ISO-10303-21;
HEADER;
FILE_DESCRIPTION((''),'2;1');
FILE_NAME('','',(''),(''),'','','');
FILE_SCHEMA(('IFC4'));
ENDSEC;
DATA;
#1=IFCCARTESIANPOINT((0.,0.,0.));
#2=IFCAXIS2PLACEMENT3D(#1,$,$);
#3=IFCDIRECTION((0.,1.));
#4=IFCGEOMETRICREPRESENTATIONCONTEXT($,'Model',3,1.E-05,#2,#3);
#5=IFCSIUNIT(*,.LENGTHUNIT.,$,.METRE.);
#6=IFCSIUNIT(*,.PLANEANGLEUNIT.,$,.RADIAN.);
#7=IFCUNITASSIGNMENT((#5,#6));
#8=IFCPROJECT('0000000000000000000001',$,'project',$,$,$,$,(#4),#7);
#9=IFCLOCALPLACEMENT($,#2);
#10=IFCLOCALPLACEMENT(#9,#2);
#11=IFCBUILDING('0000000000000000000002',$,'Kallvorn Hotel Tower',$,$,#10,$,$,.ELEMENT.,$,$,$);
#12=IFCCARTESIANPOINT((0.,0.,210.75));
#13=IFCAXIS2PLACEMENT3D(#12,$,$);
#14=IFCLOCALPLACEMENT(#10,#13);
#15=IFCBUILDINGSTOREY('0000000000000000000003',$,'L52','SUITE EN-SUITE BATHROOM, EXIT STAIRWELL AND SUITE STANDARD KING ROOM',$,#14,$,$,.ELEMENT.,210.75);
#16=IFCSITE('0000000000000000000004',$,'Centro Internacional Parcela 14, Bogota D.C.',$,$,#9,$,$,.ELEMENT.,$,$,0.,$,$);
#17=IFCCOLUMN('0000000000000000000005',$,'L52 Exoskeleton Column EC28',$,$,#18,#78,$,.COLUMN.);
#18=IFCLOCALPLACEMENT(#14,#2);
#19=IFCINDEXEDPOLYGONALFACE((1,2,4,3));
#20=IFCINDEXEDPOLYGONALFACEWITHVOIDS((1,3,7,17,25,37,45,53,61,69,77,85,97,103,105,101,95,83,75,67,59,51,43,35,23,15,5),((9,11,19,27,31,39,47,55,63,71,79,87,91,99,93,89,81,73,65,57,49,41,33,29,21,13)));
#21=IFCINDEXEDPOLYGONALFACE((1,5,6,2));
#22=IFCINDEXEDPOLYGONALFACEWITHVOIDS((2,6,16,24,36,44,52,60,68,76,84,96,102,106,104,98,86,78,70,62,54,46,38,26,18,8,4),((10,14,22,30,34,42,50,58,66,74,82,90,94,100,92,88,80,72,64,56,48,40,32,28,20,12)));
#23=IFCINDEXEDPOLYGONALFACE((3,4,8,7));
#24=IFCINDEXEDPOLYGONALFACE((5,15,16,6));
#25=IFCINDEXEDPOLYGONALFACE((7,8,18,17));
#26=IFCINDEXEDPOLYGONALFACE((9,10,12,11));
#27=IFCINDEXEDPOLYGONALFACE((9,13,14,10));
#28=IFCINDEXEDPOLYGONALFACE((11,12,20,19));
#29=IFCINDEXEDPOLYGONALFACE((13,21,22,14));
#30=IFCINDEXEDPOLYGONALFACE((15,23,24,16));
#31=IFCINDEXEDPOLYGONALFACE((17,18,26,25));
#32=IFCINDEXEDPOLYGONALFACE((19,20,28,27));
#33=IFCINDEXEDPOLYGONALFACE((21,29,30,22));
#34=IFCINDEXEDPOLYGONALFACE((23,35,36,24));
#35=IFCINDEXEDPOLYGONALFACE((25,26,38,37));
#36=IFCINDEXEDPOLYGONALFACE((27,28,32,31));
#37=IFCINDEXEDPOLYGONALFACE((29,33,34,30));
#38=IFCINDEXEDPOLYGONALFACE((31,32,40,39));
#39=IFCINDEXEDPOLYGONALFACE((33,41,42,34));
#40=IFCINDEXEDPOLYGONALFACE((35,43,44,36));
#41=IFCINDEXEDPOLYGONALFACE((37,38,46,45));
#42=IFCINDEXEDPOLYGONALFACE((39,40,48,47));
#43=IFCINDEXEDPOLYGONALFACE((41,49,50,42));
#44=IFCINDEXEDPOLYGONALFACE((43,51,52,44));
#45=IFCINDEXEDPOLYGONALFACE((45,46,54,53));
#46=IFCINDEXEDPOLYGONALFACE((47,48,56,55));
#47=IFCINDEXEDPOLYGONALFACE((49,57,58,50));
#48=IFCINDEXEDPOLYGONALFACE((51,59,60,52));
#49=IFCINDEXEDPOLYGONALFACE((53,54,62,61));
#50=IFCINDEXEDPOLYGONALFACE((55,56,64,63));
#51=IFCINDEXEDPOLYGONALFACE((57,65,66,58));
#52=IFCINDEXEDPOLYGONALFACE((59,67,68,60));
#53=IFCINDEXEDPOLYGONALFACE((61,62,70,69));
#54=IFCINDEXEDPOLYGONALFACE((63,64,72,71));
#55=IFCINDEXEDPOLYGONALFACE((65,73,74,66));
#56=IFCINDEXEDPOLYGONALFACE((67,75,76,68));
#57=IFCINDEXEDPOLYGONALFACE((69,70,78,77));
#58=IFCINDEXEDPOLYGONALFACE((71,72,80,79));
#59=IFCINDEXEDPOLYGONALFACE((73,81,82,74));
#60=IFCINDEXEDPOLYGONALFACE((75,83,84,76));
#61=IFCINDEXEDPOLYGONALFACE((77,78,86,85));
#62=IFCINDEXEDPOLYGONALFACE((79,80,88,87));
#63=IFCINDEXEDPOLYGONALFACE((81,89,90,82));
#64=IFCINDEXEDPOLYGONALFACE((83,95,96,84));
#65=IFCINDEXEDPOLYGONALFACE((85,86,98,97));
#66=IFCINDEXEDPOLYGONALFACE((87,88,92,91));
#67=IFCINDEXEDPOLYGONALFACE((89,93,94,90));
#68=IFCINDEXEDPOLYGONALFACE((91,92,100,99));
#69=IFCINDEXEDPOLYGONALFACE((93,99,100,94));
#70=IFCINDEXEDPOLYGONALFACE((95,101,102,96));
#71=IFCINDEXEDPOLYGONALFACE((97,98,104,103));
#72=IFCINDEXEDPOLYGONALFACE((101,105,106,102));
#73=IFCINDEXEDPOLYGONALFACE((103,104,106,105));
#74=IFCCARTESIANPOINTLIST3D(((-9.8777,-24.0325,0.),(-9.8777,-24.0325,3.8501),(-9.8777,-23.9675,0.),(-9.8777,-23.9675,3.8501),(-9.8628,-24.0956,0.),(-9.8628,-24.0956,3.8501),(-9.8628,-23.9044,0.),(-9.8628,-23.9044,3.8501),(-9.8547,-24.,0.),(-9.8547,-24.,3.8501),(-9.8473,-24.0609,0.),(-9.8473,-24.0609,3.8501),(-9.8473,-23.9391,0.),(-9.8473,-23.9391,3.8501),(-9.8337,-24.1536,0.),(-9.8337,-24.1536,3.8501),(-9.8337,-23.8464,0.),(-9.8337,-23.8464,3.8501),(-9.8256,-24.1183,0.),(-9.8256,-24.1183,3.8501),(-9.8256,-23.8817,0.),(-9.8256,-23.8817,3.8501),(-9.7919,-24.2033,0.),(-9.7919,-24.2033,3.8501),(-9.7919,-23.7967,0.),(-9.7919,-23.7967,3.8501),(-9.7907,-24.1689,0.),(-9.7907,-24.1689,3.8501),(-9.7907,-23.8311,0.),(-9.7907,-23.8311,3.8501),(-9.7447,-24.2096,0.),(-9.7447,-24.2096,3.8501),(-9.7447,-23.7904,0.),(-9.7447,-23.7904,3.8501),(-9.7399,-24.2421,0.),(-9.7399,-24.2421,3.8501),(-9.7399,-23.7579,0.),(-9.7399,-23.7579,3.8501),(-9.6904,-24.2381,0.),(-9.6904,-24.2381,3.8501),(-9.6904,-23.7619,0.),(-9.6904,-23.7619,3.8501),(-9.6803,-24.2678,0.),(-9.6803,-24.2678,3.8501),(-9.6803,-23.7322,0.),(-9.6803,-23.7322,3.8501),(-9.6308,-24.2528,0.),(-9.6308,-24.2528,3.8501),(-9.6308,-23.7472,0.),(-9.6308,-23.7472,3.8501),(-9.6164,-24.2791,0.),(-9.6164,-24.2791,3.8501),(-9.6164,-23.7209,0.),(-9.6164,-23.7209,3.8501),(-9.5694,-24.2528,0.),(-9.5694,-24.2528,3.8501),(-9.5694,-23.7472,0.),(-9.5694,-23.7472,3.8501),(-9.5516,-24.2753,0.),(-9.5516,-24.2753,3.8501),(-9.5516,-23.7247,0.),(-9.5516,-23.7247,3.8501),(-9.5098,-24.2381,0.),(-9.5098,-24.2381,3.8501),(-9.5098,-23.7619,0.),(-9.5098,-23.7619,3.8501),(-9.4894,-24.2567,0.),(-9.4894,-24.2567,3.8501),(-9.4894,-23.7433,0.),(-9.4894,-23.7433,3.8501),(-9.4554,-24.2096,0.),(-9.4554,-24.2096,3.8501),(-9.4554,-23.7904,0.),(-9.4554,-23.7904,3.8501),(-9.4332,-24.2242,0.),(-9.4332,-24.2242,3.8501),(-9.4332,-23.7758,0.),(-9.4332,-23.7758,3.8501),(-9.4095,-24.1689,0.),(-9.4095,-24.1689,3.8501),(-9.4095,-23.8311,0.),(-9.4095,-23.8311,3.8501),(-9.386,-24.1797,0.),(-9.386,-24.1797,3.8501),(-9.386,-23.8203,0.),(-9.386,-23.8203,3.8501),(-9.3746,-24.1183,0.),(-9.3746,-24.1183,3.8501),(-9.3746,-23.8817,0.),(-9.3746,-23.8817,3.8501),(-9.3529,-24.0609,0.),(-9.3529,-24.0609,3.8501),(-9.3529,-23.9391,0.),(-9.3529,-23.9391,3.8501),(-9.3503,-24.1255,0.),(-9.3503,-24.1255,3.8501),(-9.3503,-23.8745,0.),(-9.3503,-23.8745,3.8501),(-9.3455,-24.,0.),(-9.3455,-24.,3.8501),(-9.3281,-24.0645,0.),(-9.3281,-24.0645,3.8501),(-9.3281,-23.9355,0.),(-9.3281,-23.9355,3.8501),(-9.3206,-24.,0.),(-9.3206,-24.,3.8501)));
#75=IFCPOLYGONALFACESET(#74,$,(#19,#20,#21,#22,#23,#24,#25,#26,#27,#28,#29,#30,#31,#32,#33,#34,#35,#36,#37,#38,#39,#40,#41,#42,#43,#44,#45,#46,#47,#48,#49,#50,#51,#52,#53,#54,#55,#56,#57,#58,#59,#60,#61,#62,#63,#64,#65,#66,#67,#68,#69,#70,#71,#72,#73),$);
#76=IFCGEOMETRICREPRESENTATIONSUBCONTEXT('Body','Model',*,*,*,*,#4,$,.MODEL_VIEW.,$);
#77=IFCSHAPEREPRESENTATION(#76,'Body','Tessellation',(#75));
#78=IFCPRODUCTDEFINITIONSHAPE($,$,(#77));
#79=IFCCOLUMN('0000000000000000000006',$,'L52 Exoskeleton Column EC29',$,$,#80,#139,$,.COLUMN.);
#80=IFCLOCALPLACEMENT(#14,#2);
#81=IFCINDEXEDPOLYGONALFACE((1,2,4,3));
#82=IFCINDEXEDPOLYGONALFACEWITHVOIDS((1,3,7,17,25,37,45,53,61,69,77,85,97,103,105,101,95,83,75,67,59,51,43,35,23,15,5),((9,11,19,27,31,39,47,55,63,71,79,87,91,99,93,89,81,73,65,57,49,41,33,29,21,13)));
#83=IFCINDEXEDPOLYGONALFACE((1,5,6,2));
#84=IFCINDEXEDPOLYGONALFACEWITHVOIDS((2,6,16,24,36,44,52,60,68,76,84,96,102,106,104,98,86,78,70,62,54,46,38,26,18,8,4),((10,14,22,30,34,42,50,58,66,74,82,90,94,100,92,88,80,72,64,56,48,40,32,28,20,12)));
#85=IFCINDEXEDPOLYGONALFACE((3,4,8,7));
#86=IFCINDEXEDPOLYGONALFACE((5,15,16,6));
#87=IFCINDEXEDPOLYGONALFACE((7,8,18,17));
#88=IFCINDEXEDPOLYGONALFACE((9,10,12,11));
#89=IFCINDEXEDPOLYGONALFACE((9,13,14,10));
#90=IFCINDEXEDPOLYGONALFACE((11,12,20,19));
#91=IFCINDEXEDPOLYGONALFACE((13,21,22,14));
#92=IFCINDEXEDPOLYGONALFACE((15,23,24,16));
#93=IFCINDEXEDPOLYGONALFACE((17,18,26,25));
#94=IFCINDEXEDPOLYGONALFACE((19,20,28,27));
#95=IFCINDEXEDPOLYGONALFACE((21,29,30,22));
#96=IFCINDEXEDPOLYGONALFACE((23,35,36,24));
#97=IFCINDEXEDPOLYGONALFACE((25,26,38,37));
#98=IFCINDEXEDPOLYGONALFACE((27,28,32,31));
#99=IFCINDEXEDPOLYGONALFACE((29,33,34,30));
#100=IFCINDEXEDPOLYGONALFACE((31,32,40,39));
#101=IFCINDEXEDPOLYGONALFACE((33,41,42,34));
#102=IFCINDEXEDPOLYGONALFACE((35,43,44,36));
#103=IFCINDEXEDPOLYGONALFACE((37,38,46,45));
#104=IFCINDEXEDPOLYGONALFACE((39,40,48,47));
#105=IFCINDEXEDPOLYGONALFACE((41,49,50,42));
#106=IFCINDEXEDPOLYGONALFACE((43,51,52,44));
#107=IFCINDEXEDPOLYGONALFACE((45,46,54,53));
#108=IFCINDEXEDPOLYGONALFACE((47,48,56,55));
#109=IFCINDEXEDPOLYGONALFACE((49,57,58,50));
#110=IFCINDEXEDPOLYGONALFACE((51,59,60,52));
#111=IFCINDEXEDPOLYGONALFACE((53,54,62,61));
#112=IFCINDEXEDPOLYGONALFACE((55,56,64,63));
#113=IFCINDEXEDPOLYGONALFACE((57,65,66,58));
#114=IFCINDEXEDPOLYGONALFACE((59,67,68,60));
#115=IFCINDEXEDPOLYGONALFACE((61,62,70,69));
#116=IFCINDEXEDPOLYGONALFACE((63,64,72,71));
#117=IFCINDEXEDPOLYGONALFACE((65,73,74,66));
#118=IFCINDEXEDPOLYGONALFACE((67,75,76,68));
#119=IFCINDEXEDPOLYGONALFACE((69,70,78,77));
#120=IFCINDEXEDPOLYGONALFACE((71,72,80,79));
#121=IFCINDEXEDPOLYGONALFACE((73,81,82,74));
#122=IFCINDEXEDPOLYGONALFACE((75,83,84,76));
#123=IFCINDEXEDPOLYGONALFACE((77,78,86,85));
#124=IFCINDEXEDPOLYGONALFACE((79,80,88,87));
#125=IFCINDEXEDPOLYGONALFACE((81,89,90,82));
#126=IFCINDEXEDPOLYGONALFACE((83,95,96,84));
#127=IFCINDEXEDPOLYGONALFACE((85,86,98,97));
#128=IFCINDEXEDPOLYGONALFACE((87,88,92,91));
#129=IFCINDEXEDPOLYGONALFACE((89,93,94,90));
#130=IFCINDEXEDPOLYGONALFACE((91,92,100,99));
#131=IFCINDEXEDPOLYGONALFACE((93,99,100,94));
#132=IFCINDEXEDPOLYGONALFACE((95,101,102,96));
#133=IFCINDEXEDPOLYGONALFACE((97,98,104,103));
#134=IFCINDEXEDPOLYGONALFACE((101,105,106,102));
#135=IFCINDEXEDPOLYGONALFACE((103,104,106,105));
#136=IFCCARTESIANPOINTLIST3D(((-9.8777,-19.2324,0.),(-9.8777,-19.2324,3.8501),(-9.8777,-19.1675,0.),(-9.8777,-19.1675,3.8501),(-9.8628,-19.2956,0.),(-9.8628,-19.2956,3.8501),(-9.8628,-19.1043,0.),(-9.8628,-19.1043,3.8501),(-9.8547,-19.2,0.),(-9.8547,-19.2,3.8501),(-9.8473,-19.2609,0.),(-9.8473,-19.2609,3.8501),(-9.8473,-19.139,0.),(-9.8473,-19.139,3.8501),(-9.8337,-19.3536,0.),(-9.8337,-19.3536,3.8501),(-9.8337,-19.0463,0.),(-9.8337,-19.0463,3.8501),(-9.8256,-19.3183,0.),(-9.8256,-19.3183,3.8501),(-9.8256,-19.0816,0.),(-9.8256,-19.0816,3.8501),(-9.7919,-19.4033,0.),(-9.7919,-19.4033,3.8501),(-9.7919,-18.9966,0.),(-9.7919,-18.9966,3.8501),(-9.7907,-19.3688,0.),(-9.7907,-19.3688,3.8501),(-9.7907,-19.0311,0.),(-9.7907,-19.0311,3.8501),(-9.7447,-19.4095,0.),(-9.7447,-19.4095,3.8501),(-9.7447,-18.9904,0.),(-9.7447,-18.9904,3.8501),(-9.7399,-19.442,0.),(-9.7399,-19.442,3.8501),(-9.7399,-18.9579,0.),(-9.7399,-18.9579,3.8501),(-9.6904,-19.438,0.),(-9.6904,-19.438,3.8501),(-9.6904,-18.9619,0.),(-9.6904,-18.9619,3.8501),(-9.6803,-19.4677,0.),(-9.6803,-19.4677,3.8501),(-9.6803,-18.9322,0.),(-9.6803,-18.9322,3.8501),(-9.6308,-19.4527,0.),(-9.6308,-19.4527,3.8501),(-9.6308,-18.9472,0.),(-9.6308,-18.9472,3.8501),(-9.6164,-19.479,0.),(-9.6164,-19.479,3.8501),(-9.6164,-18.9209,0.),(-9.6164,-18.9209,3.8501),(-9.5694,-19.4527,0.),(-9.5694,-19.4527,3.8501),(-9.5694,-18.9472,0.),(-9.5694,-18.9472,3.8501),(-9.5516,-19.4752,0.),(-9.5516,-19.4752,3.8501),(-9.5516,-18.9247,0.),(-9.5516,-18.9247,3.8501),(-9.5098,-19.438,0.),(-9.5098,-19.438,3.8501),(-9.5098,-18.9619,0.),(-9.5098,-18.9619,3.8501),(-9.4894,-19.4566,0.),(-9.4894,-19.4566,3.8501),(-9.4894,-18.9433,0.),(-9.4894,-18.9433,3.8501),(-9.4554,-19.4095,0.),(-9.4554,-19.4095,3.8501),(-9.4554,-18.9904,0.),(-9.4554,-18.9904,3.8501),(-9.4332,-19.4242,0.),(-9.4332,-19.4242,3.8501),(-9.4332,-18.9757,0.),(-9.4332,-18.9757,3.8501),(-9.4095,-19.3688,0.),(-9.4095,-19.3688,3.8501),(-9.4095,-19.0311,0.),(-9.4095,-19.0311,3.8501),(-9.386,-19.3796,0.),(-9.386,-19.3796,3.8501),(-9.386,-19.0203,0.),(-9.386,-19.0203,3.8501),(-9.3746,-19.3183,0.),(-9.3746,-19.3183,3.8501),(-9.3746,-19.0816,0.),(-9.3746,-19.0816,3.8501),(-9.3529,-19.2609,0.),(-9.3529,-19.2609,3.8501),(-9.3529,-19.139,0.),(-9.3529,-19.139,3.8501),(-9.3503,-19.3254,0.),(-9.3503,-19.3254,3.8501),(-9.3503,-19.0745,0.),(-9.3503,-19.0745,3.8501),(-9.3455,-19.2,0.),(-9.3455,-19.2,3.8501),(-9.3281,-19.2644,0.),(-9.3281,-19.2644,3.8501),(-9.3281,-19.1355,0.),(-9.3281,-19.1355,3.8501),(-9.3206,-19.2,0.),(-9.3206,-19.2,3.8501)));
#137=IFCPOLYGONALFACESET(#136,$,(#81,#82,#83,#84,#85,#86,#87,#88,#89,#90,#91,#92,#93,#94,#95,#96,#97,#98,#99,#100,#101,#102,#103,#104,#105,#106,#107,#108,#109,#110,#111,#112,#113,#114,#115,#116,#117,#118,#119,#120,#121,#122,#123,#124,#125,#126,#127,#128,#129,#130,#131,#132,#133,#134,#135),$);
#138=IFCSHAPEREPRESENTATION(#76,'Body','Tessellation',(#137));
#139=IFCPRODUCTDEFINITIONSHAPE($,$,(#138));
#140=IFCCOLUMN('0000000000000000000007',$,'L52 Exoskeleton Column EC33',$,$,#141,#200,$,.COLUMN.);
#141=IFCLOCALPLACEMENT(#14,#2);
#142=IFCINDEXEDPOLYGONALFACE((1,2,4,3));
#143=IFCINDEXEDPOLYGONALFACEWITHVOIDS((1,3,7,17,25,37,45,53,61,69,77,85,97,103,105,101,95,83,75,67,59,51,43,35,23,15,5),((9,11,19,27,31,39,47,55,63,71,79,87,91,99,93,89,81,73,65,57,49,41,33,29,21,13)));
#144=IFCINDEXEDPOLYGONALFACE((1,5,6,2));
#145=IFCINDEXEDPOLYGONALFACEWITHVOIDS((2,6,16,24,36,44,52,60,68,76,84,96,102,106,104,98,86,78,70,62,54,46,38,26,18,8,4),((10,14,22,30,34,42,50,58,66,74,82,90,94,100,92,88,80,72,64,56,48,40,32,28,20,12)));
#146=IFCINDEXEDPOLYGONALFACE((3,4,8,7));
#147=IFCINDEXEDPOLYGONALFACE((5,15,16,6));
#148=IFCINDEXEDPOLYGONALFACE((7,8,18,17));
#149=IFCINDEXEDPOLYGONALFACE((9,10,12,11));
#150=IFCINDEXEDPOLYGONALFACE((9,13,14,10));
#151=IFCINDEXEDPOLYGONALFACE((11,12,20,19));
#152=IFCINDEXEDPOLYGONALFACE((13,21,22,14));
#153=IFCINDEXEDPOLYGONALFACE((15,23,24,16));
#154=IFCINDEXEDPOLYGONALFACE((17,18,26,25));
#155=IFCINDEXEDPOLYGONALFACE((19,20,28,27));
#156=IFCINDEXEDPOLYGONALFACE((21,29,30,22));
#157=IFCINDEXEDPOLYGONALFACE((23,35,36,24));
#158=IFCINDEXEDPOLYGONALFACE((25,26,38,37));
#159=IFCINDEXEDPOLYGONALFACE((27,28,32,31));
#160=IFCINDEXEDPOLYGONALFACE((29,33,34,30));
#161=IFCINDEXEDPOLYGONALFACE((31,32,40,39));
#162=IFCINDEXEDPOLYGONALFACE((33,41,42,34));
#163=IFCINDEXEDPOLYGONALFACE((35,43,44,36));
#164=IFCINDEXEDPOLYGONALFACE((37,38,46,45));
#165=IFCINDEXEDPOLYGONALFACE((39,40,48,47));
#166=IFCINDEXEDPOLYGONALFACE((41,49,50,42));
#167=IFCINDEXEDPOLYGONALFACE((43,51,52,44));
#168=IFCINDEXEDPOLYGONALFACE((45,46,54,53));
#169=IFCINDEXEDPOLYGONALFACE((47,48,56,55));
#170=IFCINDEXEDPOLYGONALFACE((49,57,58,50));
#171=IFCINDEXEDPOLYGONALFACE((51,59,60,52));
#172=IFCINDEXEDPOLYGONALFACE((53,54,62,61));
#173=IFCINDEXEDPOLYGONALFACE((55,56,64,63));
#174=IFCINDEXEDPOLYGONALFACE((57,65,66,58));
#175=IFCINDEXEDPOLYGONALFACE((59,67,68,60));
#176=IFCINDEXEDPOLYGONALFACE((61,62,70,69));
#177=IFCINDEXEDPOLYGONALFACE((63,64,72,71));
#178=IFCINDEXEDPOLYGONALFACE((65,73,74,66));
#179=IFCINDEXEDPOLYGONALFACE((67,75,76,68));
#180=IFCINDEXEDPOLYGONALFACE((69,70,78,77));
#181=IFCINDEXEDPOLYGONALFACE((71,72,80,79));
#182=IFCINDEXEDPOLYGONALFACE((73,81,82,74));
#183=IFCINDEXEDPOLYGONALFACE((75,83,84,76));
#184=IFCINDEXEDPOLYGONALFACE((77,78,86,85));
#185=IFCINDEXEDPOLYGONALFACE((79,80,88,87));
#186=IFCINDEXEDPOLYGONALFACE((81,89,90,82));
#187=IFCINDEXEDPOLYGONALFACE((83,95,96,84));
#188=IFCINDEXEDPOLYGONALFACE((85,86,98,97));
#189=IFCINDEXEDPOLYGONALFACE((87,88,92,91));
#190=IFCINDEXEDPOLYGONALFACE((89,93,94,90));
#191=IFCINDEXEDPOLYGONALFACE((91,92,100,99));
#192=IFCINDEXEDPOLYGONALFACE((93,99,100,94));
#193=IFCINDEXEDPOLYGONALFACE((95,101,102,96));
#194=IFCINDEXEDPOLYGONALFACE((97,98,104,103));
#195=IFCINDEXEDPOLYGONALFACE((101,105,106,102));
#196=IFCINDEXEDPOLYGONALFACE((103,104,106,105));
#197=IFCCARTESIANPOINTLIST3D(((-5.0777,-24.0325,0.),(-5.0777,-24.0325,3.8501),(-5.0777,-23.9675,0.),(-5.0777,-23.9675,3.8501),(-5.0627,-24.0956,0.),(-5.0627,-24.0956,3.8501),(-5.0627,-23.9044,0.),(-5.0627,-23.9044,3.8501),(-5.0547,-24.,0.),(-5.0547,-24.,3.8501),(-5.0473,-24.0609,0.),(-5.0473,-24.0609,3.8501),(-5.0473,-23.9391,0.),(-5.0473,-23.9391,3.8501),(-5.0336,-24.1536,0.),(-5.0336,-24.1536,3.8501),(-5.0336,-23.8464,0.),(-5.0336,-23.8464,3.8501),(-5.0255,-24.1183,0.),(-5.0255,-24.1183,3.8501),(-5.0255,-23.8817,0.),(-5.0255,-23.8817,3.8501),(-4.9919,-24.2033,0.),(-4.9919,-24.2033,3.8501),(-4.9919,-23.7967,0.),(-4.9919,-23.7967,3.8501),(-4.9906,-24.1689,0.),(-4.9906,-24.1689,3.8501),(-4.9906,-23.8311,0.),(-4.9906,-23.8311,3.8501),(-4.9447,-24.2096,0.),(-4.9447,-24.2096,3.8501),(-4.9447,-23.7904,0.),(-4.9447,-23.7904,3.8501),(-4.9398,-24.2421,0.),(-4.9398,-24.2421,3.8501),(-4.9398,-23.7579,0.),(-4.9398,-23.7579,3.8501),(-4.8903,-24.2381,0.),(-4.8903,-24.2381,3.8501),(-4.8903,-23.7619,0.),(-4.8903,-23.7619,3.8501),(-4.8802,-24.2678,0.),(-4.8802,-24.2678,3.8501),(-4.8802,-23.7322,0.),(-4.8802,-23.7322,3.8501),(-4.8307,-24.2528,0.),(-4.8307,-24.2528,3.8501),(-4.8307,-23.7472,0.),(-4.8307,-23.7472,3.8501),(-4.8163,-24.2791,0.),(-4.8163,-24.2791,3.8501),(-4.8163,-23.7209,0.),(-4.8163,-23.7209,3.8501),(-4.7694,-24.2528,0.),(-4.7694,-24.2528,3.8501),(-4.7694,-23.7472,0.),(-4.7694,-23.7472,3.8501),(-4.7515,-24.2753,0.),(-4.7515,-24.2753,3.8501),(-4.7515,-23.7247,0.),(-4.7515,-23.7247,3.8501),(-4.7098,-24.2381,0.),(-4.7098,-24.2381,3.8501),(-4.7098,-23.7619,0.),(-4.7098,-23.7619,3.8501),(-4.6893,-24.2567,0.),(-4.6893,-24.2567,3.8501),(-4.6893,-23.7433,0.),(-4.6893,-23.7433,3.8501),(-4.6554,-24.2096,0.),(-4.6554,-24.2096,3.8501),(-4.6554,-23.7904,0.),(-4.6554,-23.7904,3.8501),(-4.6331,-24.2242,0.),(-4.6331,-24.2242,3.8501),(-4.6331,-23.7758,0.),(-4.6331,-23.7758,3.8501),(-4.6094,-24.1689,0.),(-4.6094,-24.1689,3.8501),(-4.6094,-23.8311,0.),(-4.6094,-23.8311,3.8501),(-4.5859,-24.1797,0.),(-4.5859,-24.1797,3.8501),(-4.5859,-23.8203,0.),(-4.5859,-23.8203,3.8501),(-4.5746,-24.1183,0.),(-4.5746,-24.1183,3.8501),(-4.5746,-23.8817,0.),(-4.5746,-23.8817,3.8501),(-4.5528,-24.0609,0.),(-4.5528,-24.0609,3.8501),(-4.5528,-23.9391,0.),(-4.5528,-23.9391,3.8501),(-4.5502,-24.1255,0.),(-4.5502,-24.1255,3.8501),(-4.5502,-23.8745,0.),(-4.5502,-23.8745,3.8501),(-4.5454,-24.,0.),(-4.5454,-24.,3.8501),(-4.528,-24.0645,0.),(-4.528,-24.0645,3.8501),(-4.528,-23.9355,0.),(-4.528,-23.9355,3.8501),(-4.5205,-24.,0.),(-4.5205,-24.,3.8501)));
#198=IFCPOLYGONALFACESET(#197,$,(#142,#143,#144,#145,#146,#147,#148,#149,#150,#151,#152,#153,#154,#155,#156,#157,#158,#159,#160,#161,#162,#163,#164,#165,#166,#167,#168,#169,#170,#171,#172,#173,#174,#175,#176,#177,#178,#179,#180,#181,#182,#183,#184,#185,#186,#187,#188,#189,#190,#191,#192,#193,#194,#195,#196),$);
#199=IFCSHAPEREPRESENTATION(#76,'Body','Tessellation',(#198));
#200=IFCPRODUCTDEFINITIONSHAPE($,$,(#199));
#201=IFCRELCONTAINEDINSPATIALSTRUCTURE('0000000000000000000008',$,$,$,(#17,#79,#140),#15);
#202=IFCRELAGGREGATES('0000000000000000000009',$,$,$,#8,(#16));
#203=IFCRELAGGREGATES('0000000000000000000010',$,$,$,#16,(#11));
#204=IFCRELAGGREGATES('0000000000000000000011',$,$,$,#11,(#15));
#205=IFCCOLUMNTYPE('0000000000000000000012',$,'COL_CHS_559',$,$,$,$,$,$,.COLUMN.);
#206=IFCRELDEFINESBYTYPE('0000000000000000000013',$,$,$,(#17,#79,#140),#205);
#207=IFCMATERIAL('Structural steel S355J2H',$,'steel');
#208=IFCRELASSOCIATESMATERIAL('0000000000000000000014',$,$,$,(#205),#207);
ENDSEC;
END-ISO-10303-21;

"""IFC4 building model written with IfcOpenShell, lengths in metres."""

from ifc_helpers import new_model, si_unit, direction, frame, origin, origin_2d, place, context, subcontext, project, spatial, hollow_circle, extrude, material, material_profile, profile_set, type_object, element, save


model = new_model("IFC4")

# Units and contexts
model_context = context("Model", 3, precision=1e-05, world=origin(), true_north=direction((0.0, 1.0)))
body_context = subcontext(model_context, "Body", "Model", "MODEL_VIEW")
ifc_project = project(units=[si_unit("LENGTHUNIT", "METRE"), si_unit("PLANEANGLEUNIT", "RADIAN")], contexts=[model_context])

# Site, building, storey
site_placement = place(None, origin())
site = spatial("IfcSite", under=ifc_project, at=site_placement, Name="Centro Internacional Parcela 14, Bogota D.C.", CompositionType="ELEMENT", RefElevation=0.0)
building_placement = place(site_placement, origin())
building = spatial("IfcBuilding", under=site, at=building_placement, Name="Kallvorn Hotel Tower", CompositionType="ELEMENT")
storey_placement = place(building_placement, frame((0.0, 0.0, 210.75)))
storey = spatial("IfcBuildingStorey", under=building, at=storey_placement, Name="L52", Description="SUITE EN-SUITE BATHROOM, EXIT STAIRWELL AND SUITE STANDARD KING ROOM", CompositionType="ELEMENT", Elevation=210.75)

# Columns
ifc_material_1 = material(Name="Structural steel S355J2H", Category="steel")
ifc_material_profile_1 = material_profile(ifc_material_1, hollow_circle(Radius=0.2795, WallThickness=0.0249, at=origin_2d()), Name="CHS 559x25")
ifc_profile_set_1 = profile_set([ifc_material_profile_1], Name="Structural steel S355J2H")
column_type_1 = type_object("IfcColumnType", Name="COL_CHS_559", PredefinedType="COLUMN", material=ifc_profile_set_1)
for number, where, z_axis, x_axis, name in (
    (1, (-9.6001, -24.0, 0.0), (0.0, 0.0, 1.0), (1.0, 0.0, 0.0), "L52 Exoskeleton Column EC28"),
    (2, (-9.6001, -19.2, 0.0), (0.0, 0.0, 1.0), (1.0, 0.0, 0.0), "L52 Exoskeleton Column EC29"),
    (3, (-4.8, -24.0, 0.0), (0.0, 0.0, 1.0), (1.0, 0.0, 0.0), "L52 Exoskeleton Column EC33"),
):
    element("IfcColumn", number, at=place(storey_placement, frame(where, z_axis=z_axis, x_axis=x_axis)), inside=storey, type_object=column_type_1, Name=name, PredefinedType="COLUMN", context=body_context, shape_type="SweptSolid", body=[
        extrude(hollow_circle(Radius=0.2795, WallThickness=0.0249, at=origin_2d()), origin(), (0.0, 0.0, 1.0), 3.8501),
    ])

save(model, "model.ifc")
